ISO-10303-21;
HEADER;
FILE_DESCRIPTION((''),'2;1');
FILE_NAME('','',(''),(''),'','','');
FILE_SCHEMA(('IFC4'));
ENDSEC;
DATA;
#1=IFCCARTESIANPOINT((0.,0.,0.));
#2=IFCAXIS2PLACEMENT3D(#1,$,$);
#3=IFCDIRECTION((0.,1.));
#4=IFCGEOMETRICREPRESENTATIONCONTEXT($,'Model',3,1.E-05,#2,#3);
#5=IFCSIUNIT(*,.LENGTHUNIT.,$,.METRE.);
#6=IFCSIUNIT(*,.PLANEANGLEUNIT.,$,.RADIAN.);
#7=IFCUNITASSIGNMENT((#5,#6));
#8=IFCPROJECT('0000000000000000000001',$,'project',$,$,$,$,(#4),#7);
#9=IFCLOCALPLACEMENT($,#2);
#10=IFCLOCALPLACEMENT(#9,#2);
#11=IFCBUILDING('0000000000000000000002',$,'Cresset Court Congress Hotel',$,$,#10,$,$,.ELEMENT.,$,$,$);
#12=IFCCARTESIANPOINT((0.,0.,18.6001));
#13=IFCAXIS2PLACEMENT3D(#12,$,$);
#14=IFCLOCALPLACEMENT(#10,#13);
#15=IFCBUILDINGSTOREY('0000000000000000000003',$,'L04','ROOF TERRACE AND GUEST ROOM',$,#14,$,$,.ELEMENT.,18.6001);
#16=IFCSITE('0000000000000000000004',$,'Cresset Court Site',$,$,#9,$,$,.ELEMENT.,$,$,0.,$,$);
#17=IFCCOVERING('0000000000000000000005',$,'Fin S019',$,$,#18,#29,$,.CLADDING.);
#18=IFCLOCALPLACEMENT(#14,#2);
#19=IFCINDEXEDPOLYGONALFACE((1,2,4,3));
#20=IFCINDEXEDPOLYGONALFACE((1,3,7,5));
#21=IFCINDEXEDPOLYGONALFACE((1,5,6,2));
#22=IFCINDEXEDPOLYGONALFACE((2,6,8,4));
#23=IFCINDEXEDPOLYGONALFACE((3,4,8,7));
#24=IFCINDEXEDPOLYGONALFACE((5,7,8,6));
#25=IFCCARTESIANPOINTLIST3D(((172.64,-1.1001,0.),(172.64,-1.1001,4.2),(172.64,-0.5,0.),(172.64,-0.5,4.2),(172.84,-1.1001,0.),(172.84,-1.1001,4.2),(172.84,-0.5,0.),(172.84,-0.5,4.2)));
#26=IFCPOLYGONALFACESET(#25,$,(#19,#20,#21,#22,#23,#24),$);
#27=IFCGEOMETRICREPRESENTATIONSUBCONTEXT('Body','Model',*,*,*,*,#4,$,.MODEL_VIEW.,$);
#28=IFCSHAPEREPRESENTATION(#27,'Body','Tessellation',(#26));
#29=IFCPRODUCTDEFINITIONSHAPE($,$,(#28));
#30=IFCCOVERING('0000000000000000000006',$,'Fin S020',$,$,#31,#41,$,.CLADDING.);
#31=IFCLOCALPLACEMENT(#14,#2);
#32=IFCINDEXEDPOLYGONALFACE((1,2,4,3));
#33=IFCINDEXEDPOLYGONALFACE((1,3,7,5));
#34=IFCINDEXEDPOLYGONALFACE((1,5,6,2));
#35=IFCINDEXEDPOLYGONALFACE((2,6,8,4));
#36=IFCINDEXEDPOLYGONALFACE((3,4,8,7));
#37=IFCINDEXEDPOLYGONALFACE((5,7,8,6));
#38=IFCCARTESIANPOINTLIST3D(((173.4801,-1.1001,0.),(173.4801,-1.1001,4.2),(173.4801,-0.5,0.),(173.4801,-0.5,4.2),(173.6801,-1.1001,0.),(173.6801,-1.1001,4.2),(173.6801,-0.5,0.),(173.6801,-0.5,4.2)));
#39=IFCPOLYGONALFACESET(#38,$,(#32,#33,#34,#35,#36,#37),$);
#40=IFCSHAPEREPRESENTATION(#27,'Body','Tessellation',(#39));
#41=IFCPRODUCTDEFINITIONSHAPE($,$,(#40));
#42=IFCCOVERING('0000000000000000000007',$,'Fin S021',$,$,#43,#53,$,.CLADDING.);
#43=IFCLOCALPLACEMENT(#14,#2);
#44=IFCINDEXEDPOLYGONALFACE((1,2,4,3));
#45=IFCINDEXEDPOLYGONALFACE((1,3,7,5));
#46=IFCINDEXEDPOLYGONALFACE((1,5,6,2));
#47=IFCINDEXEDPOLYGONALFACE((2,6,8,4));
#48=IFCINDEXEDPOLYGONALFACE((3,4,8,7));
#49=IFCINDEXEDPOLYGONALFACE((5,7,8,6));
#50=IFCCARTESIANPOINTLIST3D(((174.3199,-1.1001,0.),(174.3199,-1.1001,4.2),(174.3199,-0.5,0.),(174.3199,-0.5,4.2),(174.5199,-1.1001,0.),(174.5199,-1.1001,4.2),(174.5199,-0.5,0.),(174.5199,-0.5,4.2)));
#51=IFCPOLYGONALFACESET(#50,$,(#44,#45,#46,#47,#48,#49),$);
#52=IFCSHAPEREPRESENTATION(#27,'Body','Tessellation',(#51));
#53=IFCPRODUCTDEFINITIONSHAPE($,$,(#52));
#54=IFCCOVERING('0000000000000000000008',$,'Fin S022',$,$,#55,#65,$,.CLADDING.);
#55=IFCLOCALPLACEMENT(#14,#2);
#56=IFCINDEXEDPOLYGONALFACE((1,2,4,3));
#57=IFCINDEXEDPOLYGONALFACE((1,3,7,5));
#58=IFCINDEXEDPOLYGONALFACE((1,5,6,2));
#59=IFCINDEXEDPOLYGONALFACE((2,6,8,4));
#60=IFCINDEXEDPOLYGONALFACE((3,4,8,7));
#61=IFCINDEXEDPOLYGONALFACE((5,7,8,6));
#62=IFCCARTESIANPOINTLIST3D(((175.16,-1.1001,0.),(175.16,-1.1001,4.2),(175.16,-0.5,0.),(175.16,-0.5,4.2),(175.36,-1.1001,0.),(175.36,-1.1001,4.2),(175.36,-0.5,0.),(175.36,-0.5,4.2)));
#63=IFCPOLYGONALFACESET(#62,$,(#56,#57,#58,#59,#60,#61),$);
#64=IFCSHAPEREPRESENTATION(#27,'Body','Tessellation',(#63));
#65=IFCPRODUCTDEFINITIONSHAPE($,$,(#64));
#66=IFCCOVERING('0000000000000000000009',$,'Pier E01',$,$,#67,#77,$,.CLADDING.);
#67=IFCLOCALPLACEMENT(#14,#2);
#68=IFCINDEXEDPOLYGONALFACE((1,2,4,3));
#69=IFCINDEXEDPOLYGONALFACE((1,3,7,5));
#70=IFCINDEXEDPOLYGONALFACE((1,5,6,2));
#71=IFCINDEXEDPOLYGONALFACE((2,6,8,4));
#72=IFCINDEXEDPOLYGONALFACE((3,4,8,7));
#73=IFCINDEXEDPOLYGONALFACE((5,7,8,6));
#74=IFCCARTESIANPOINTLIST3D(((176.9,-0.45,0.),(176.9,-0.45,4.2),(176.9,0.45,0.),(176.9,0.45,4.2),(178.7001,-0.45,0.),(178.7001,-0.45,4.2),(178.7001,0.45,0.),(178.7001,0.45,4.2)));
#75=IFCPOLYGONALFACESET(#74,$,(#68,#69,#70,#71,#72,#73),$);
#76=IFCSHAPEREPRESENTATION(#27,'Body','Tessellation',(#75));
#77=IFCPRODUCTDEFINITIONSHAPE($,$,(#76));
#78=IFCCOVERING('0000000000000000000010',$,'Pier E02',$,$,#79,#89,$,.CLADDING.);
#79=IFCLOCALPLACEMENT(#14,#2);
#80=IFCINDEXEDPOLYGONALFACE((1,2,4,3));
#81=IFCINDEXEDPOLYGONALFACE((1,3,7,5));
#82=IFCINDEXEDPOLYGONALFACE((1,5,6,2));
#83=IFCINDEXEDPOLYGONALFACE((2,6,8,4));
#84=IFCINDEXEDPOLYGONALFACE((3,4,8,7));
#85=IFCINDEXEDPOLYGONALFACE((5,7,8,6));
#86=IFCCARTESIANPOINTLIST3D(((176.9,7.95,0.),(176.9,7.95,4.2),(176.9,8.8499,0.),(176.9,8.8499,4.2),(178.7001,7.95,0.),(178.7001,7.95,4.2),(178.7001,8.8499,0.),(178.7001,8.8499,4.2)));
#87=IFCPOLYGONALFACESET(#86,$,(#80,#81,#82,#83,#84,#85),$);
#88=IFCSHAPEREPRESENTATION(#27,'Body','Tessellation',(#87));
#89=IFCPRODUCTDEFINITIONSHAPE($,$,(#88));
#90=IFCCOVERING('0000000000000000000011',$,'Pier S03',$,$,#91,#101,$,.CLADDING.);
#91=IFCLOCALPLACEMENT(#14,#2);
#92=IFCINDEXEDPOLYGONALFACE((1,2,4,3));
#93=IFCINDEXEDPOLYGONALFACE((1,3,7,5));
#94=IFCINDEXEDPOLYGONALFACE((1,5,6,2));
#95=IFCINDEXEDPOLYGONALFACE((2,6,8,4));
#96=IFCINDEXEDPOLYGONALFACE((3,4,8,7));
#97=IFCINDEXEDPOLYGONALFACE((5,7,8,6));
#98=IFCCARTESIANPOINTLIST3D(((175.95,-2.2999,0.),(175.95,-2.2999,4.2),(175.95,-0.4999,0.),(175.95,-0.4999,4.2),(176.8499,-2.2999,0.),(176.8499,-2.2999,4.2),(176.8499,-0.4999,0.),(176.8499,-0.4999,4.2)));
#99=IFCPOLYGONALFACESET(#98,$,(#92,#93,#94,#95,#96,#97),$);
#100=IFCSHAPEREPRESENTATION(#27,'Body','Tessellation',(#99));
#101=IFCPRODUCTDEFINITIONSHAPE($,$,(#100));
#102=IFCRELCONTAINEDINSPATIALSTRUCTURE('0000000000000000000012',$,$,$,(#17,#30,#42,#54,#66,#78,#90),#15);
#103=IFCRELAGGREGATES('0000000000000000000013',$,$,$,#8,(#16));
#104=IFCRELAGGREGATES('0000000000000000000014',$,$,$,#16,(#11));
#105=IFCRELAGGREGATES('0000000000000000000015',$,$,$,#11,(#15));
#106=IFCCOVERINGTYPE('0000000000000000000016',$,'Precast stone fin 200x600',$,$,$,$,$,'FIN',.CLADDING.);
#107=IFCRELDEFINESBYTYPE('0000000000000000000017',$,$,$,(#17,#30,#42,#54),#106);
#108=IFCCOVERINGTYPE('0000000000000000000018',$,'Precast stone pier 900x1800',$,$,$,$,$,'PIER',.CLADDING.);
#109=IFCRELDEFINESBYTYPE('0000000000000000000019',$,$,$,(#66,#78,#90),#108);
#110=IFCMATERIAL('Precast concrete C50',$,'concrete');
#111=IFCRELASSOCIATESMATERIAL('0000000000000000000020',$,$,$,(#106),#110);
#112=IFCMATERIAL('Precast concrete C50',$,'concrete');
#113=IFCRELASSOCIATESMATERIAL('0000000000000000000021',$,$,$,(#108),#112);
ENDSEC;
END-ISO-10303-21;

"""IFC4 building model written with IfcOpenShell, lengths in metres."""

from ifc_helpers import new_model, si_unit, direction, frame, origin, origin_2d, place, context, subcontext, project, spatial, rectangle, extrude, material, type_object, element, save


model = new_model("IFC4")

# Units and contexts
model_context = context("Model", 3, precision=1e-05, world=origin(), true_north=direction((0.0, 1.0)))
body_context = subcontext(model_context, "Body", "Model", "MODEL_VIEW")
ifc_project = project(units=[si_unit("LENGTHUNIT", "METRE"), si_unit("PLANEANGLEUNIT", "RADIAN")], contexts=[model_context])

# Site, building, storey
site_placement = place(None, origin())
site = spatial("IfcSite", under=ifc_project, at=site_placement, Name="Cresset Court Site", CompositionType="ELEMENT", RefElevation=0.0)
building_placement = place(site_placement, origin())
building = spatial("IfcBuilding", under=site, at=building_placement, Name="Cresset Court Congress Hotel", CompositionType="ELEMENT")
storey_placement = place(building_placement, frame((0.0, 0.0, 18.6001)))
storey = spatial("IfcBuildingStorey", under=building, at=storey_placement, Name="L04", Description="ROOF TERRACE AND GUEST ROOM", CompositionType="ELEMENT", Elevation=18.6001)

# Coverings
ifc_material_1 = material(Name="Precast concrete C50", Category="concrete")
covering_type_1 = type_object("IfcCoveringType", Name="Precast stone fin 200x600", ElementType="FIN", PredefinedType="CLADDING", material=ifc_material_1)
for number, where, z_axis, x_axis, name in (
    (1, (172.74, -0.8, 0.0), (0.0, 0.0, 1.0), (1.0, 0.0, 0.0), "Fin S019"),
    (2, (173.5801, -0.8, 0.0), (0.0, 0.0, 1.0), (1.0, 0.0, 0.0), "Fin S020"),
    (3, (174.4199, -0.8, 0.0), (0.0, 0.0, 1.0), (1.0, 0.0, 0.0), "Fin S021"),
    (4, (175.26, -0.8, 0.0), (0.0, 0.0, 1.0), (1.0, 0.0, 0.0), "Fin S022"),
):
    element("IfcCovering", number, at=place(storey_placement, frame(where, z_axis=z_axis, x_axis=x_axis)), inside=storey, type_object=covering_type_1, Name=name, PredefinedType="CLADDING", context=body_context, shape_type="SweptSolid", body=[
        extrude(rectangle(XDim=0.2, YDim=0.6001, at=origin_2d()), origin(), (0.0, 0.0, 1.0), 4.2),
    ])
ifc_material_2 = material(Name="Precast concrete C50", Category="concrete")
covering_type_2 = type_object("IfcCoveringType", Name="Precast stone pier 900x1800", ElementType="PIER", PredefinedType="CLADDING", material=ifc_material_2)
for number, where, z_axis, x_axis, name in (
    (5, (177.8, 0.0, 0.0), (0.0, 0.0, 1.0), (1.0, 0.0, 0.0), "Pier E01"),
    (6, (177.8, 8.3999, 0.0), (0.0, 0.0, 1.0), (1.0, 0.0, 0.0), "Pier E02"),
):
    element("IfcCovering", number, at=place(storey_placement, frame(where, z_axis=z_axis, x_axis=x_axis)), inside=storey, type_object=covering_type_2, Name=name, PredefinedType="CLADDING", context=body_context, shape_type="SweptSolid", body=[
        extrude(rectangle(XDim=1.8, YDim=0.8999, at=origin_2d()), origin(), (0.0, 0.0, 1.0), 4.2),
    ])
covering_placement = place(storey_placement, frame((176.3999, -1.3999, 0.0), z_axis=(0.0, 0.0, 1.0), x_axis=(1.0, 0.0, 0.0)))
element("IfcCovering", 7, at=covering_placement, inside=storey, type_object=covering_type_2, Name="Pier S03", PredefinedType="CLADDING", context=body_context, shape_type="SweptSolid", body=[
    extrude(rectangle(XDim=0.8999, YDim=1.8, at=origin_2d()), origin(), (0.0, 0.0, 1.0), 4.2),
])

save(model, "model.ifc")
